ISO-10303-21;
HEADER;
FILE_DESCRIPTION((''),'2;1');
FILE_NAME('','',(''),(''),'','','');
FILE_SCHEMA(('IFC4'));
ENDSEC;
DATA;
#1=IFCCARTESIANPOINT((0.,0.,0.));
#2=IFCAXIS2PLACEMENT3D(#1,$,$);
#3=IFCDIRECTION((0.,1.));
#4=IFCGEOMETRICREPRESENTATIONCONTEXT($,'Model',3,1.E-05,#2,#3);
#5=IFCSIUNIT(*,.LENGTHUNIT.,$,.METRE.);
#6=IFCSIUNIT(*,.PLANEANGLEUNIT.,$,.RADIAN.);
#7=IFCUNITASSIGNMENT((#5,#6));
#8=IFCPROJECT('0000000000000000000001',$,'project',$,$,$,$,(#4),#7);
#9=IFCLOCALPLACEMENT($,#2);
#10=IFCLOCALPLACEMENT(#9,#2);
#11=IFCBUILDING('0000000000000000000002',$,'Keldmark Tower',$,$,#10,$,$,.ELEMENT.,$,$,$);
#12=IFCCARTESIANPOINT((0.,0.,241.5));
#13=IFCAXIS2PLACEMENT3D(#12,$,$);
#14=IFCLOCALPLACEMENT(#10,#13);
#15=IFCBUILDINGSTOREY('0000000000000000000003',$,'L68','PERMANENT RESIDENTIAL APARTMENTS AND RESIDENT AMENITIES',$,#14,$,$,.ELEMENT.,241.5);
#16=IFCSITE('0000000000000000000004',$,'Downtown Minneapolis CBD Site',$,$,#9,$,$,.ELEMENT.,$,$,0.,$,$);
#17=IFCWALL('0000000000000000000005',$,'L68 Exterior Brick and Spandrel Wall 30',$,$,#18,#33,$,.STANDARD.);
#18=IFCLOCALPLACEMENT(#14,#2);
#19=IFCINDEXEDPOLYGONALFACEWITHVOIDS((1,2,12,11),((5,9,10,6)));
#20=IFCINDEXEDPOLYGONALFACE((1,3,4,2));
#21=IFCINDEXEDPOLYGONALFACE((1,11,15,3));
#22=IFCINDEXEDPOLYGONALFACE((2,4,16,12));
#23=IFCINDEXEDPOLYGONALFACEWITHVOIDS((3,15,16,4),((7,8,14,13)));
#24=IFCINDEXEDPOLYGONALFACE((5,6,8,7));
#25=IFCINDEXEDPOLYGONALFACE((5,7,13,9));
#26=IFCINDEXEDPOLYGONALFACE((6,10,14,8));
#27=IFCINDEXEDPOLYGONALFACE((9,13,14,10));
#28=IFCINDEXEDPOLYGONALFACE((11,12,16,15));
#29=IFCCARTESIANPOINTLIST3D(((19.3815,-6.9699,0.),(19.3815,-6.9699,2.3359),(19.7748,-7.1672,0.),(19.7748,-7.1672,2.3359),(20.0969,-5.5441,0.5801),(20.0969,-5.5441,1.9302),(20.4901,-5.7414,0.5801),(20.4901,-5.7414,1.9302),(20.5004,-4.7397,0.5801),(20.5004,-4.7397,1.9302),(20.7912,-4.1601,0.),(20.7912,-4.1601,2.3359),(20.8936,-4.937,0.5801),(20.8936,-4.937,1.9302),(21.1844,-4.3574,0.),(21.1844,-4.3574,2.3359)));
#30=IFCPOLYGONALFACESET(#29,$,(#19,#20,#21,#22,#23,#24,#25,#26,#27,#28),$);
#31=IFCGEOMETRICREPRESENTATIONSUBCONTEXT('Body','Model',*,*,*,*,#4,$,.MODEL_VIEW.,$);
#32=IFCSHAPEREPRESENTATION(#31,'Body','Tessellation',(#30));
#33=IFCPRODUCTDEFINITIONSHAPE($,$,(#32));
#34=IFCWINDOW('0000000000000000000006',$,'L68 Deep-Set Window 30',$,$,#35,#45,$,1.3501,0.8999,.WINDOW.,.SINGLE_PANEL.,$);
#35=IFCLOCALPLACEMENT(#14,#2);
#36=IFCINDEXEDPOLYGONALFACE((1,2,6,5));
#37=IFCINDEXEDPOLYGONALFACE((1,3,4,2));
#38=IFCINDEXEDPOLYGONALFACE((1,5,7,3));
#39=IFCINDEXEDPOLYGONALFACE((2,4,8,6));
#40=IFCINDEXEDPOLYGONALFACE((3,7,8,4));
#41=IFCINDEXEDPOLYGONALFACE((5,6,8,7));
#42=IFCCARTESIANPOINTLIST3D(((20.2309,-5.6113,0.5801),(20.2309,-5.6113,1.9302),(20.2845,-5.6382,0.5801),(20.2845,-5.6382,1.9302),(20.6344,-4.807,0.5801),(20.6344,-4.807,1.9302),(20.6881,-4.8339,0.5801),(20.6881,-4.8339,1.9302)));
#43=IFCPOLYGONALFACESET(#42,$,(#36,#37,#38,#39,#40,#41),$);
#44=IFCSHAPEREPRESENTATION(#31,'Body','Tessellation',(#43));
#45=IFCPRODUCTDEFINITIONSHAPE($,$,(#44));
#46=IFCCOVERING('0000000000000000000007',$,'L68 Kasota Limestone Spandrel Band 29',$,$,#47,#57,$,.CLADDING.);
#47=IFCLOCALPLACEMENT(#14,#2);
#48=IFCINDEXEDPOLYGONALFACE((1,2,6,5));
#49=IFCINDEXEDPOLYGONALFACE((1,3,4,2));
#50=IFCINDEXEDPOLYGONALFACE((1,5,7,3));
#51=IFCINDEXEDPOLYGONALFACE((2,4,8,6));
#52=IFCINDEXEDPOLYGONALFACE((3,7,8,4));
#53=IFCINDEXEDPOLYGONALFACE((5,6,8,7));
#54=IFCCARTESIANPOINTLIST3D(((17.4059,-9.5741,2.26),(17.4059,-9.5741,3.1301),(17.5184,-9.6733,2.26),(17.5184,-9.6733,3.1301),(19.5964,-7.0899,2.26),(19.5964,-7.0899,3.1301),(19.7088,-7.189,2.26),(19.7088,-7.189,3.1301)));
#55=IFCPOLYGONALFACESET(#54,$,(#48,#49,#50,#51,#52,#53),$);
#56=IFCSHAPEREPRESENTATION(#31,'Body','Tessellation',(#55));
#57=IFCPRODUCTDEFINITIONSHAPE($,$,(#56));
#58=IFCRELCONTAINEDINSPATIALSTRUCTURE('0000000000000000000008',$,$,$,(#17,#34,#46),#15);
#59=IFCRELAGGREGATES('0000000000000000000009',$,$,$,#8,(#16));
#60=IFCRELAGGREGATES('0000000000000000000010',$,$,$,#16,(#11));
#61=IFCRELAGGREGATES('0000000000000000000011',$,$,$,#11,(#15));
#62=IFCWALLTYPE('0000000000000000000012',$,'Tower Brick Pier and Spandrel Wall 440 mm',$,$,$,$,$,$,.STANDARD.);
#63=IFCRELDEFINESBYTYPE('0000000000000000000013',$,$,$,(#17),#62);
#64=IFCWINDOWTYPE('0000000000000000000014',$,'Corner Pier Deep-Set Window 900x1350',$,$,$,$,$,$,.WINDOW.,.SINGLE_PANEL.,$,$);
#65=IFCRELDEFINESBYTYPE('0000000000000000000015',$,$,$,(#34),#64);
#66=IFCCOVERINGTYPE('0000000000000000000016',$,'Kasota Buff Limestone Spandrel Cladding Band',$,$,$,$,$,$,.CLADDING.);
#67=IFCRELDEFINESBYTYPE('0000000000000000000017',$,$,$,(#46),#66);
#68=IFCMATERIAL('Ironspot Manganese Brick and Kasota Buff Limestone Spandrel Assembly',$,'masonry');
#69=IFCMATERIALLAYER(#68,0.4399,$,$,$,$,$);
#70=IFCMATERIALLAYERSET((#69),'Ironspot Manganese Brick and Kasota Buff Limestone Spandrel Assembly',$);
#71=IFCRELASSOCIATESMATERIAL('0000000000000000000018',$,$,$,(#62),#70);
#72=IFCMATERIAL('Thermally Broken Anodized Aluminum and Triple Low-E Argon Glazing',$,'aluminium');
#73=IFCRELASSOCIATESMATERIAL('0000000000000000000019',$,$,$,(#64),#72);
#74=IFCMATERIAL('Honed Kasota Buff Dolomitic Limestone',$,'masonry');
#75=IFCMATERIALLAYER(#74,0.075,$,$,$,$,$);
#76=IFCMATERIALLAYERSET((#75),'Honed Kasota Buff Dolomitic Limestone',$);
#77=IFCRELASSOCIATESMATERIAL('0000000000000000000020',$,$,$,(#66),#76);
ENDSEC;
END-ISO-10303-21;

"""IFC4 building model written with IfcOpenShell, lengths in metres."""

from ifc_helpers import new_model, si_unit, direction, frame, frame_2d, origin, origin_2d, place, context, subcontext, project, spatial, rectangle, extrude, material, layer, layer_set, type_object, element, fill, save


model = new_model("IFC4")

# Units and contexts
model_context = context("Model", 3, precision=1e-05, world=origin(), true_north=direction((0.0, 1.0)))
body_context = subcontext(model_context, "Body", "Model", "MODEL_VIEW")
ifc_project = project(units=[si_unit("LENGTHUNIT", "METRE"), si_unit("PLANEANGLEUNIT", "RADIAN")], contexts=[model_context])

# Site, building, storey
site_placement = place(None, origin())
site = spatial("IfcSite", under=ifc_project, at=site_placement, Name="Downtown Minneapolis CBD Site", CompositionType="ELEMENT", RefElevation=0.0)
building_placement = place(site_placement, origin())
building = spatial("IfcBuilding", under=site, at=building_placement, Name="Keldmark Tower", CompositionType="ELEMENT")
storey_placement = place(building_placement, frame((0.0, 0.0, 241.5)))
storey = spatial("IfcBuildingStorey", under=building, at=storey_placement, Name="L68", Description="PERMANENT RESIDENTIAL APARTMENTS AND RESIDENT AMENITIES", CompositionType="ELEMENT", Elevation=241.5)

# Wall, opening, window
ifc_material_1 = material(Name="Ironspot Manganese Brick and Kasota Buff Limestone Spandrel Assembly", Category="masonry")
ifc_layer_1 = layer(ifc_material_1, 0.4399)
ifc_layer_set_1 = layer_set([ifc_layer_1], Name="Ironspot Manganese Brick and Kasota Buff Limestone Spandrel Assembly")
wall_type_1 = type_object("IfcWallType", Name="Tower Brick Pier and Spandrel Wall 440 mm", PredefinedType="STANDARD", material=ifc_layer_set_1)
wall_1_placement = place(storey_placement, frame((20.9878, -4.2588, 0.0), z_axis=(0.0, 0.0, 1.0), x_axis=(-0.448425, -0.893821, 0.0)))
wall_1 = element("IfcWall", 1, at=wall_1_placement, inside=storey, type_object=wall_type_1, Name="L68 Exterior Brick and Spandrel Wall 30", PredefinedType="STANDARD", context=body_context, shape_type="SweptSolid", body=[
    extrude(rectangle(XDim=3.1436, YDim=0.4399, at=frame_2d((1.5718, 0.0))), origin(), (0.0, 0.0, 1.0), 2.3359),
])
opening_1_placement = place(wall_1_placement, frame((0.6484, 0.0, 0.5801)))
opening_1 = element("IfcOpeningElement", 2, at=opening_1_placement, cuts=wall_1, PredefinedType="OPENING", context=body_context, shape_type="SweptSolid", body=[
    extrude(rectangle(XDim=0.8999, YDim=1.3501, at=frame_2d((0.45, 0.675))), frame((0.0, 0.23, 0.0), z_axis=(0.0, -1.0, 0.0), x_axis=(1.0, 0.0, 0.0)), (0.0, 0.0, 1.0), 0.46),
])
ifc_material_2 = material(Name="Thermally Broken Anodized Aluminum and Triple Low-E Argon Glazing", Category="aluminium")
window_type_1 = type_object("IfcWindowType", Name="Corner Pier Deep-Set Window 900x1350", PartitioningType="SINGLE_PANEL", PredefinedType="WINDOW", material=ifc_material_2)
window_1_placement = place(opening_1_placement, origin())
window_1 = element("IfcWindow", 3, at=window_1_placement, inside=storey, type_object=window_type_1, Name="L68 Deep-Set Window 30", OverallHeight=1.3501, OverallWidth=0.8999, PartitioningType="SINGLE_PANEL", PredefinedType="WINDOW", context=body_context, shape_type="SweptSolid", body=[
    extrude(rectangle(XDim=0.8999, YDim=1.3501, at=frame_2d((0.45, 0.675))), frame((0.0, -0.01, 0.0), z_axis=(0.0, -1.0, 0.0), x_axis=(1.0, 0.0, 0.0)), (0.0, 0.0, 1.0), 0.0601),
])
fill(opening_1, window_1)

# Covering
ifc_material_3 = material(Name="Honed Kasota Buff Dolomitic Limestone", Category="masonry")
ifc_layer_2 = layer(ifc_material_3, 0.075)
ifc_layer_set_2 = layer_set([ifc_layer_2], Name="Honed Kasota Buff Dolomitic Limestone")
covering_type = type_object("IfcCoveringType", Name="Kasota Buff Limestone Spandrel Cladding Band", PredefinedType="CLADDING", material=ifc_layer_set_2)
covering_placement = place(storey_placement, frame((18.5574, -8.3816, 2.26), z_axis=(0.0, 0.0, 1.0), x_axis=(0.661364, 0.750065, 0.0)))
element("IfcCovering", 4, at=covering_placement, inside=storey, type_object=covering_type, Name="L68 Kasota Limestone Spandrel Band 29", PredefinedType="CLADDING", context=body_context, shape_type="SweptSolid", body=[
    extrude(rectangle(XDim=3.312, YDim=0.1499, at=origin_2d()), origin(), (0.0, 0.0, 1.0), 0.8701),
])

save(model, "model.ifc")
